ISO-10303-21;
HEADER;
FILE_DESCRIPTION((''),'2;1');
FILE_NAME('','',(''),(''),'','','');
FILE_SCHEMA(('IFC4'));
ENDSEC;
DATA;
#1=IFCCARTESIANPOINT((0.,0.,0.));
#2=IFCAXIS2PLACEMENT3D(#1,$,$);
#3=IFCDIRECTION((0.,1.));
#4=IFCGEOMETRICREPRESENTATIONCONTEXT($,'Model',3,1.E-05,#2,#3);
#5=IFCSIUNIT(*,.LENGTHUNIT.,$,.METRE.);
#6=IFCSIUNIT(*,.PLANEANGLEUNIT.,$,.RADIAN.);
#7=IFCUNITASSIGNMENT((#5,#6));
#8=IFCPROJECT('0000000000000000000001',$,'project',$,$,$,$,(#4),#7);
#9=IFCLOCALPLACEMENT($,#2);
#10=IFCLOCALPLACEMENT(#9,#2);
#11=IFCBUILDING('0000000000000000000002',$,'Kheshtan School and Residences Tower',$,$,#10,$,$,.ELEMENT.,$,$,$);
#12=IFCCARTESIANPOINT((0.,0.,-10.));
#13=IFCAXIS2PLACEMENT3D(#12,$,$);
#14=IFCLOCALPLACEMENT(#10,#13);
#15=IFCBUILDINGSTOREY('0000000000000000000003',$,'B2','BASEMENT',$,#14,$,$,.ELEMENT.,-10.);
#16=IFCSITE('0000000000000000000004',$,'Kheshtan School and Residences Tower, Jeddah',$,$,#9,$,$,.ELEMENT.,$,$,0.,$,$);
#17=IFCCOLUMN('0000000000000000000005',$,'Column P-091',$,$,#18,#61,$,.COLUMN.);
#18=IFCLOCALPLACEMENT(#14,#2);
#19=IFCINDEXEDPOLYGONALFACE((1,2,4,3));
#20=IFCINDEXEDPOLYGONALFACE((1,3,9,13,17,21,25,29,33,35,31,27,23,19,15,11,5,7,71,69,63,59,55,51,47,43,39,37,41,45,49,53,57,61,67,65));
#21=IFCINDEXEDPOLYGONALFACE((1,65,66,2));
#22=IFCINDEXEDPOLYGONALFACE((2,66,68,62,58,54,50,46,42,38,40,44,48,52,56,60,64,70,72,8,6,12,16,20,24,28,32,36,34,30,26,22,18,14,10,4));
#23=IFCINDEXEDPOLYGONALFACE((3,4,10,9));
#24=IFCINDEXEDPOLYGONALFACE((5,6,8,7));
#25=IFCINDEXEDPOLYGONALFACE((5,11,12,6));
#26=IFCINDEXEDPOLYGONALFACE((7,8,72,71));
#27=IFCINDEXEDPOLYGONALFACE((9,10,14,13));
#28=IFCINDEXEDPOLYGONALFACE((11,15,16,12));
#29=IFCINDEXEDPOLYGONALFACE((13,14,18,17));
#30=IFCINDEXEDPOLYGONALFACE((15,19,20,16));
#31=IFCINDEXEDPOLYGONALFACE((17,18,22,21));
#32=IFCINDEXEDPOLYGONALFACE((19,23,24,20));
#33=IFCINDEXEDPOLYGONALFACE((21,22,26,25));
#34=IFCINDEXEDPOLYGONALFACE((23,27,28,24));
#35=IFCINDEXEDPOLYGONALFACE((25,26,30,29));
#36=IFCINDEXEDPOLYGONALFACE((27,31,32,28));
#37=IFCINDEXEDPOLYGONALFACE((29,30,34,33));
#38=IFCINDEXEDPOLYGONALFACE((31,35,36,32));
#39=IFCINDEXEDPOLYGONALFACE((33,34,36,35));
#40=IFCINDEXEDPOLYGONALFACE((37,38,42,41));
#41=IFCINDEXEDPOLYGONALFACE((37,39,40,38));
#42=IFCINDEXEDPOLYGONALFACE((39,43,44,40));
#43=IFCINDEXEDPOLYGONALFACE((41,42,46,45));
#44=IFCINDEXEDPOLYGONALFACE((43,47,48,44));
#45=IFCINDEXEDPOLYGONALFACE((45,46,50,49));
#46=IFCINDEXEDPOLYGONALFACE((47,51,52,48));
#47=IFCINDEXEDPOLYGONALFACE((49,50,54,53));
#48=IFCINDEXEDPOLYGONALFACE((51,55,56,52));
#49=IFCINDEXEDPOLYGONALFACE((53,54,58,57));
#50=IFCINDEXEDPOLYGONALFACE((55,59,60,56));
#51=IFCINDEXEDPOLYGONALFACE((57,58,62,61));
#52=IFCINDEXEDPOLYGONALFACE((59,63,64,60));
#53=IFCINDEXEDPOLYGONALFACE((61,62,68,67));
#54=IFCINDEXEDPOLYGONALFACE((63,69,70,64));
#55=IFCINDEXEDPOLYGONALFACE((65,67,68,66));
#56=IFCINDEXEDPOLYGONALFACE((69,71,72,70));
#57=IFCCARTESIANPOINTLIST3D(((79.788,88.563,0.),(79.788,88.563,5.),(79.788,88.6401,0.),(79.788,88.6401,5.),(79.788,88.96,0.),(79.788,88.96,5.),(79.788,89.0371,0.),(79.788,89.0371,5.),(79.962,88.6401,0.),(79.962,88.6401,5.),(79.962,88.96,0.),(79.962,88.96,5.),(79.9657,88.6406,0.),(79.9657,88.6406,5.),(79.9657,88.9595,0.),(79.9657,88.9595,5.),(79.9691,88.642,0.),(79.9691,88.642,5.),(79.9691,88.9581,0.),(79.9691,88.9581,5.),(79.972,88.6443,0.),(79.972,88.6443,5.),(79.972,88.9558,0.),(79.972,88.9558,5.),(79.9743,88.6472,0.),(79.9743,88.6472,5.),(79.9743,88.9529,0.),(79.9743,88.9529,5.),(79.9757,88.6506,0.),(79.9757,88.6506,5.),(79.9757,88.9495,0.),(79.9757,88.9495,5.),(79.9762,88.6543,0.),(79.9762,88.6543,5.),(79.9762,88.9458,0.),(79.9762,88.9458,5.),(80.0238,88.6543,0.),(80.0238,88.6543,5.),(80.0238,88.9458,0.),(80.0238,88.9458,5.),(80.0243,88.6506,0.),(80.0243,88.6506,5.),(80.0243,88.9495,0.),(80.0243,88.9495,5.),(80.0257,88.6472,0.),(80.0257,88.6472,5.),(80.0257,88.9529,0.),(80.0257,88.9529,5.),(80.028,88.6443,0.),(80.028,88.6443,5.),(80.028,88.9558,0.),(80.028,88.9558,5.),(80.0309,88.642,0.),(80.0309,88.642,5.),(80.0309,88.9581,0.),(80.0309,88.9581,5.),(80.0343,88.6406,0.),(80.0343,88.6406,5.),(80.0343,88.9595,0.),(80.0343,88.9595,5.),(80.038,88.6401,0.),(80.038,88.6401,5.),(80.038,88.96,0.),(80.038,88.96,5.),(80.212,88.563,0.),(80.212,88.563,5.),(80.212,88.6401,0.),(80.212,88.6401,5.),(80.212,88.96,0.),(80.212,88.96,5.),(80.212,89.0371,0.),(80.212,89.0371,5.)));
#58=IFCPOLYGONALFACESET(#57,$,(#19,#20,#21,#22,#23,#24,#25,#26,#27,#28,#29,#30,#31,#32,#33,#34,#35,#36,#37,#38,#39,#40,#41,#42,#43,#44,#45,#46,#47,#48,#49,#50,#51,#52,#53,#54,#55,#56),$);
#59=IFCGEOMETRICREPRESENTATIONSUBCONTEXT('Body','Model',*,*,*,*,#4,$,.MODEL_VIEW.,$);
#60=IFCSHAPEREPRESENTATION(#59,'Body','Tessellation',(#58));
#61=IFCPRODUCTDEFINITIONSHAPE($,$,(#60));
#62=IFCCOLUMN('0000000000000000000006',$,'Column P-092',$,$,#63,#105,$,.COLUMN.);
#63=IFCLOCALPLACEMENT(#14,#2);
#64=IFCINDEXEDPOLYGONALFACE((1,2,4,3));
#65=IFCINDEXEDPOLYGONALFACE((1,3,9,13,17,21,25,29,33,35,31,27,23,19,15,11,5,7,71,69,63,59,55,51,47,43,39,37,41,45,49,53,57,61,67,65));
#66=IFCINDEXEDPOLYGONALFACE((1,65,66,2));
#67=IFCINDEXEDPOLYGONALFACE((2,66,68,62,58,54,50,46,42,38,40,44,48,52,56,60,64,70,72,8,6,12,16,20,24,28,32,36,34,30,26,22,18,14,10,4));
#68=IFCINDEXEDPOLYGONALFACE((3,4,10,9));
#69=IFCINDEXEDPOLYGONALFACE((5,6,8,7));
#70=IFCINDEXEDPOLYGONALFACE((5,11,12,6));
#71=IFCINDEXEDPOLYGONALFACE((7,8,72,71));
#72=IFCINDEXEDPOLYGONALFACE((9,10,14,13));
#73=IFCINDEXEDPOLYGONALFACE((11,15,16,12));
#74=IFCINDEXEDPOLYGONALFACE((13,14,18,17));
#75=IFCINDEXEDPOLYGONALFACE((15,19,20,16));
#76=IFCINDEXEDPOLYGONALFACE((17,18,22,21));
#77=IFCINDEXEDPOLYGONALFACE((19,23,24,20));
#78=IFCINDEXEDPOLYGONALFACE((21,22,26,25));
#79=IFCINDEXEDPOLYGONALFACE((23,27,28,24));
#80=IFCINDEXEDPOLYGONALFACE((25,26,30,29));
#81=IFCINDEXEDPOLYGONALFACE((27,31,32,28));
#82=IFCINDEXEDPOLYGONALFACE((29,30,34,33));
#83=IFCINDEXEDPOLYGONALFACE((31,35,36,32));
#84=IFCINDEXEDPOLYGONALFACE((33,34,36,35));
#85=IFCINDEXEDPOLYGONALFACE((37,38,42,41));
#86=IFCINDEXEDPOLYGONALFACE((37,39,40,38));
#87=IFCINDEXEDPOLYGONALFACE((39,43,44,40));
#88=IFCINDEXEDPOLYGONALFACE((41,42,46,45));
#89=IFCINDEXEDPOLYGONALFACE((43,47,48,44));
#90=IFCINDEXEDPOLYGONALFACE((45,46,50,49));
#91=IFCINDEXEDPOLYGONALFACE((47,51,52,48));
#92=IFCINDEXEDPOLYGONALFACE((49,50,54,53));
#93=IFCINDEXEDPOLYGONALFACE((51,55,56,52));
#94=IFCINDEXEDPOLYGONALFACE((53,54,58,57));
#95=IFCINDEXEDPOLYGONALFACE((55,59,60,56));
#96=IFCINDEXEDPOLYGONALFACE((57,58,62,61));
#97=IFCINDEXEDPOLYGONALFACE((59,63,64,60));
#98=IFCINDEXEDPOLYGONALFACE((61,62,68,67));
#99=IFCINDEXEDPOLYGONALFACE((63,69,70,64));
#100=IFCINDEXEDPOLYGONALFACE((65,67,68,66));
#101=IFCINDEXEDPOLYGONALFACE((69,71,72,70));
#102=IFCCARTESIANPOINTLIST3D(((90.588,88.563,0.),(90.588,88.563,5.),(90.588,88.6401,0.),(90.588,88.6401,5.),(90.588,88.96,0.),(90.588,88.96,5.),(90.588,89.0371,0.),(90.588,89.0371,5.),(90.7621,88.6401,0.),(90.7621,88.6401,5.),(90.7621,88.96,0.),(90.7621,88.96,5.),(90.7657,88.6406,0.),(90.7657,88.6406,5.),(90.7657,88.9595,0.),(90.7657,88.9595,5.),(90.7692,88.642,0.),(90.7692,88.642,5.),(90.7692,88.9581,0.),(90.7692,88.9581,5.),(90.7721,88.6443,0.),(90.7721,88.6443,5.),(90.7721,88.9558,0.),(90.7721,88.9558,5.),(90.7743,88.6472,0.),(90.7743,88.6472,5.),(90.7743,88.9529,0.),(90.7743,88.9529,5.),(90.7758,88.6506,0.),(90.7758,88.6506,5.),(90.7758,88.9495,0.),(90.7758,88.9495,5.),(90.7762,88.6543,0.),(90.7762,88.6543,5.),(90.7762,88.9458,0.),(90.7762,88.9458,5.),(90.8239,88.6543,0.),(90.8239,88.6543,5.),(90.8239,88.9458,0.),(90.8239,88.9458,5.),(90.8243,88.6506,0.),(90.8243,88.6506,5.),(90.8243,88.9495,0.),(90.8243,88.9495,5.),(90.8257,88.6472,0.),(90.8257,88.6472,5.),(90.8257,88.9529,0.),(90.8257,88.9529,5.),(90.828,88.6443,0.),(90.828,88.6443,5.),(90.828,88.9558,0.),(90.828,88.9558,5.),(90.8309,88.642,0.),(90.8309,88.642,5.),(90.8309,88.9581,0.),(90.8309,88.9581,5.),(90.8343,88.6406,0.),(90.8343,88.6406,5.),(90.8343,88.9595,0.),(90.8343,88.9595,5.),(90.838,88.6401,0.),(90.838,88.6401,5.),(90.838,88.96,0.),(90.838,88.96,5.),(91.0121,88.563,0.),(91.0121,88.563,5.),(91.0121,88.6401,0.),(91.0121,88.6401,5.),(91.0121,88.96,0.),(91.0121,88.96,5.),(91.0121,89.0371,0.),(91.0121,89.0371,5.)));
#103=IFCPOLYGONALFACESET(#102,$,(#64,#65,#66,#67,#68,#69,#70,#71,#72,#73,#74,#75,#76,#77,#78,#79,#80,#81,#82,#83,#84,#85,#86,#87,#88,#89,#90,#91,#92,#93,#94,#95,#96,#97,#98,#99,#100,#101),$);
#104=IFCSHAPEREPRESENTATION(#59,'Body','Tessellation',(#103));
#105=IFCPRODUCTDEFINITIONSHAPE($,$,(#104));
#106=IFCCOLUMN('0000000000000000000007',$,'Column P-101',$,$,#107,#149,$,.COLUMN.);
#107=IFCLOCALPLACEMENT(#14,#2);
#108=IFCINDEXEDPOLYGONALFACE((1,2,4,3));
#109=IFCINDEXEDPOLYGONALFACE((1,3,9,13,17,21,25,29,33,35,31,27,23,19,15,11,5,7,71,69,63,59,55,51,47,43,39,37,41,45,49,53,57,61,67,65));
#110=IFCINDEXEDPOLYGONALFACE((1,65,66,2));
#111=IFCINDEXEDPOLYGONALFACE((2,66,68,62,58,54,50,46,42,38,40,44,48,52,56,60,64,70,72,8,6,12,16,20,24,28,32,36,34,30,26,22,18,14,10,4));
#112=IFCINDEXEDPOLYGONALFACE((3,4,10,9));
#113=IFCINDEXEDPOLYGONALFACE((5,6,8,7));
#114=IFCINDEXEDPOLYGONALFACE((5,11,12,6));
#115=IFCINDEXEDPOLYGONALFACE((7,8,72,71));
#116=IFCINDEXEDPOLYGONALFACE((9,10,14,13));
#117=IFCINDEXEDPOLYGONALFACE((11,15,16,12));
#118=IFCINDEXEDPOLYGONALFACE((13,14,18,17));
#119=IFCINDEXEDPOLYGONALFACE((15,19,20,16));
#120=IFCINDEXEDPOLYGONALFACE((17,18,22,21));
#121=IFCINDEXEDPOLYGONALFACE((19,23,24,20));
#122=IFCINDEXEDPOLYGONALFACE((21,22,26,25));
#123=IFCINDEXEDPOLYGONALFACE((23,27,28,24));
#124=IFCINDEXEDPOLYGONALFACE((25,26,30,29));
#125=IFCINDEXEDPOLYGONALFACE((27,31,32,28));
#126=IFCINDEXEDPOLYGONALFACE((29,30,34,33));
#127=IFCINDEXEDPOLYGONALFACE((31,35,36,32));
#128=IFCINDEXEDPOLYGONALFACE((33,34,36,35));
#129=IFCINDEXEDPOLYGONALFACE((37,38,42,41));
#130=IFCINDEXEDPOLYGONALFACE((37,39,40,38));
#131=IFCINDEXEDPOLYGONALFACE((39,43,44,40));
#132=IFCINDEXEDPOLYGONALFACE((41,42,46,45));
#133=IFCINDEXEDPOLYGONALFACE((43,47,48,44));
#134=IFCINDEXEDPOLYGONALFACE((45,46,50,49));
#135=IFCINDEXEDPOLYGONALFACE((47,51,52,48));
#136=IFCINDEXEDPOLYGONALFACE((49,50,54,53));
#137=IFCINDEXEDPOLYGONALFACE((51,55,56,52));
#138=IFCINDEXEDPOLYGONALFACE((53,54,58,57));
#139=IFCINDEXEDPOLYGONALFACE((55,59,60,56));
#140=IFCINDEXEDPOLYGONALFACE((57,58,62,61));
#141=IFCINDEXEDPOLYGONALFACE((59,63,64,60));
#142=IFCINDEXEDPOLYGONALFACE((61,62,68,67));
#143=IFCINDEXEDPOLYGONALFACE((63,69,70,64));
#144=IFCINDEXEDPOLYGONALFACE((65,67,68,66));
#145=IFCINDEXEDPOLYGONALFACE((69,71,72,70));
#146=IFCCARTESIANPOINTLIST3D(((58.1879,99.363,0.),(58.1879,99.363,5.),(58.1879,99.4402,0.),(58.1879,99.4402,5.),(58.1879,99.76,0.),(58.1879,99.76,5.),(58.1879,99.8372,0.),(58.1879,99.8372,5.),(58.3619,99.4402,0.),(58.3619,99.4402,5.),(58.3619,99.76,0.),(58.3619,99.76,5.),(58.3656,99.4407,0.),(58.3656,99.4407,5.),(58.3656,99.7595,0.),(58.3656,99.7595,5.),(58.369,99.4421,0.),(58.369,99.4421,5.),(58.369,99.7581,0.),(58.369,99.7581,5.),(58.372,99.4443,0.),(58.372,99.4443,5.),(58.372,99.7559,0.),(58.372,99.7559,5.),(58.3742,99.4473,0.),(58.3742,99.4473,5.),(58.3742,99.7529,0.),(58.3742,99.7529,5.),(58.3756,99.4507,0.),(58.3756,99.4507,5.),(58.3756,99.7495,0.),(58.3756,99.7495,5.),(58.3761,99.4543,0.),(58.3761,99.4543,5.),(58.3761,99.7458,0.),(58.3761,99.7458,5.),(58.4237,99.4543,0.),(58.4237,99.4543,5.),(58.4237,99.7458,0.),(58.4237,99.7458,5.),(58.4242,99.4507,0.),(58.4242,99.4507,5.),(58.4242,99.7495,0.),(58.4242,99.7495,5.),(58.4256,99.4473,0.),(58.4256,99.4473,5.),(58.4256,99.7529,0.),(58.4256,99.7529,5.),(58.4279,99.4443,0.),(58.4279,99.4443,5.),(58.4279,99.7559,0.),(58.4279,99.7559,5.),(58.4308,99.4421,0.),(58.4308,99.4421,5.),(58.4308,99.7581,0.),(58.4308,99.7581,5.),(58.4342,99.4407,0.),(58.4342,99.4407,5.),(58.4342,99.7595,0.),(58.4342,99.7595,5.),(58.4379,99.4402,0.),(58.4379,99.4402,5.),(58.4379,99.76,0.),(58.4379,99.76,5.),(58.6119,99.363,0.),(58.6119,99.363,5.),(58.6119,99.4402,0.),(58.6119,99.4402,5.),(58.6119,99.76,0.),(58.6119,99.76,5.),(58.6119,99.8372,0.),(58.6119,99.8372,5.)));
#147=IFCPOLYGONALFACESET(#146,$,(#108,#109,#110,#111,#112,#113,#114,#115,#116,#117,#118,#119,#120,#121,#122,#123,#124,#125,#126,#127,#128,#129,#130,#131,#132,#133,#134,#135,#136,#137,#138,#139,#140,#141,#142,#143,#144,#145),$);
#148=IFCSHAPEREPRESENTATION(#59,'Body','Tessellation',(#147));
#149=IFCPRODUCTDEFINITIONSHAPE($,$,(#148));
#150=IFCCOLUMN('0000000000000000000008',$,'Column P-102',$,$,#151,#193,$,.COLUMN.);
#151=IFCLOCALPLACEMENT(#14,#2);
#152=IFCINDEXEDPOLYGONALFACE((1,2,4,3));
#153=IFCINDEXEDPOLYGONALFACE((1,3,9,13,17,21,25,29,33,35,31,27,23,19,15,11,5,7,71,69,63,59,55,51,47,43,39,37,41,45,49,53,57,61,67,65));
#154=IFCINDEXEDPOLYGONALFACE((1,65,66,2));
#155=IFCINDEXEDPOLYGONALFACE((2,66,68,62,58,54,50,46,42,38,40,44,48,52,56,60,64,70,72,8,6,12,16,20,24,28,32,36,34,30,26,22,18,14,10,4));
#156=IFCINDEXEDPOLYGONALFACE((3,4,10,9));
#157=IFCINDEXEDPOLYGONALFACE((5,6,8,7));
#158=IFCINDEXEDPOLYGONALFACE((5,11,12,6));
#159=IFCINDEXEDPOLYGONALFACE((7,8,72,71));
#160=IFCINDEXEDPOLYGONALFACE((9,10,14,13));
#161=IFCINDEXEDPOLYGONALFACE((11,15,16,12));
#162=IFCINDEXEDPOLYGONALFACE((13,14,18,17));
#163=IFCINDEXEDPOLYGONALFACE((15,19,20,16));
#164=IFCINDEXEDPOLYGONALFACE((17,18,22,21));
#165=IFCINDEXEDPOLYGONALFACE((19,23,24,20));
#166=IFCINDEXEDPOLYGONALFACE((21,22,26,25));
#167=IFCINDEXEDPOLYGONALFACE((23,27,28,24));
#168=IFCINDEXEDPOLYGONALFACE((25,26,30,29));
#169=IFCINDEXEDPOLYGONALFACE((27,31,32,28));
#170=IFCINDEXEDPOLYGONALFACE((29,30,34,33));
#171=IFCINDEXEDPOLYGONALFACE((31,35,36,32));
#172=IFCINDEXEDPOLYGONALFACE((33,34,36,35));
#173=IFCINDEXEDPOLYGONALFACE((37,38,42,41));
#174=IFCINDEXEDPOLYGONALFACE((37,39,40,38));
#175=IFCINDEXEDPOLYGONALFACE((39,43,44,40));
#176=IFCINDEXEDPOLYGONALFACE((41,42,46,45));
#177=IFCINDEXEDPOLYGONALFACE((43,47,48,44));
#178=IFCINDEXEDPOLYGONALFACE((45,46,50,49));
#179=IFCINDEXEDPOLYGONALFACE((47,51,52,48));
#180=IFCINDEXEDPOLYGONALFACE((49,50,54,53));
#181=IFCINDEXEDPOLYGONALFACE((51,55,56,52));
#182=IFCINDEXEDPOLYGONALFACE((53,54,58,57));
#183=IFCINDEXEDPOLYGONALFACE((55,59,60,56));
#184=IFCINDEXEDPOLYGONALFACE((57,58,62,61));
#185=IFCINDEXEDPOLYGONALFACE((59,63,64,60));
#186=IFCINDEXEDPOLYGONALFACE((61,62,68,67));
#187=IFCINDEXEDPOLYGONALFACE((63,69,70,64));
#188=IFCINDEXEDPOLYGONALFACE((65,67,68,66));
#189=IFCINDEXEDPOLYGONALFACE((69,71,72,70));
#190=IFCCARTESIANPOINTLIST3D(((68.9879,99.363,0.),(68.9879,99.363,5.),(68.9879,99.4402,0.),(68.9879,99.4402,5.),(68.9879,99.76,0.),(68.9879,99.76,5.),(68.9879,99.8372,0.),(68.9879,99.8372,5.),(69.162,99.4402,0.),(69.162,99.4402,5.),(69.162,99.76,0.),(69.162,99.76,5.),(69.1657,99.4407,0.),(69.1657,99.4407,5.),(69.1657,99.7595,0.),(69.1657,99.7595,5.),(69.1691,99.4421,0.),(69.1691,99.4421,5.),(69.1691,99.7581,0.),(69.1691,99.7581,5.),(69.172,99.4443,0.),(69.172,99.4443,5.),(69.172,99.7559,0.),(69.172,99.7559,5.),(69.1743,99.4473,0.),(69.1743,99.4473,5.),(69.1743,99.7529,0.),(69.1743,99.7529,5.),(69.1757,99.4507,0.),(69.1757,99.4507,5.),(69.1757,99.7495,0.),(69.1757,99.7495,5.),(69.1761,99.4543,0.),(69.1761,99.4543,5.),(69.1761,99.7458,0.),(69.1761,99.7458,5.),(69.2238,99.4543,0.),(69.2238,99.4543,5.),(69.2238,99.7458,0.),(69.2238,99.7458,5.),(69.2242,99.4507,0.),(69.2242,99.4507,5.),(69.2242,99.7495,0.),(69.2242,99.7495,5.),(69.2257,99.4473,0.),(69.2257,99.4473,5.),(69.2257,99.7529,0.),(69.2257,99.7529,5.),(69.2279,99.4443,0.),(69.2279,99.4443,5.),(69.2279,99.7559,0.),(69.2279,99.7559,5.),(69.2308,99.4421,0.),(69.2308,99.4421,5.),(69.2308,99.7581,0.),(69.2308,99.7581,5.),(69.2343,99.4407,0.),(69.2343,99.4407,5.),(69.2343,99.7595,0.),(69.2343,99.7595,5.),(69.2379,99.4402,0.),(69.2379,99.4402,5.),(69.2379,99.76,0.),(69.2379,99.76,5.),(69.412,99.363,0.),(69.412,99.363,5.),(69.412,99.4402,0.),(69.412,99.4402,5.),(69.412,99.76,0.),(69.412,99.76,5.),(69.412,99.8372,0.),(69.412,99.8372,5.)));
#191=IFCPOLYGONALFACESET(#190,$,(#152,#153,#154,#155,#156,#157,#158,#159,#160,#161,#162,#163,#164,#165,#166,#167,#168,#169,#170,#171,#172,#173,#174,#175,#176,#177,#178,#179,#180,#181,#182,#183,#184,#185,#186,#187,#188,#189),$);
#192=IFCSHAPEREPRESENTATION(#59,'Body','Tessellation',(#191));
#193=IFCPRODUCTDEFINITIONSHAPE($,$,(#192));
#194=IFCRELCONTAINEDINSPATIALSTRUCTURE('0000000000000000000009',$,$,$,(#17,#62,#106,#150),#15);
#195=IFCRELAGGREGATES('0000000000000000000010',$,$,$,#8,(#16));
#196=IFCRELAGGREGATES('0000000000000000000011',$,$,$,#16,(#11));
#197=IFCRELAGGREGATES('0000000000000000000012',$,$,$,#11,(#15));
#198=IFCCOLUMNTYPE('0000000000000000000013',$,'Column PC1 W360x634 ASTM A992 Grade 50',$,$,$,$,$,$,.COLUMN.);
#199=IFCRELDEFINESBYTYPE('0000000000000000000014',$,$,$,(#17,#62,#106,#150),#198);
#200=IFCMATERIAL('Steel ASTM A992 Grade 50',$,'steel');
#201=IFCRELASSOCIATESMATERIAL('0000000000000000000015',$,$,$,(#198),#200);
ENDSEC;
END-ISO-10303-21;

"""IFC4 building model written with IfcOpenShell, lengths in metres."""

from ifc_helpers import new_model, si_unit, direction, frame, origin, origin_2d, place, context, subcontext, project, spatial, i_section, extrude, material, material_profile, profile_set, type_object, element, save


model = new_model("IFC4")

# Units and contexts
model_context = context("Model", 3, precision=1e-05, world=origin(), true_north=direction((0.0, 1.0)))
body_context = subcontext(model_context, "Body", "Model", "MODEL_VIEW")
ifc_project = project(units=[si_unit("LENGTHUNIT", "METRE"), si_unit("PLANEANGLEUNIT", "RADIAN")], contexts=[model_context])

# Site, building, storey
site_placement = place(None, origin())
site = spatial("IfcSite", under=ifc_project, at=site_placement, Name="Kheshtan School and Residences Tower, Jeddah", CompositionType="ELEMENT", RefElevation=0.0)
building_placement = place(site_placement, origin())
building = spatial("IfcBuilding", under=site, at=building_placement, Name="Kheshtan School and Residences Tower", CompositionType="ELEMENT")
storey_placement = place(building_placement, frame((0.0, 0.0, -10.0)))
storey = spatial("IfcBuildingStorey", under=building, at=storey_placement, Name="B2", Description="BASEMENT", CompositionType="ELEMENT", Elevation=-10.0)

# Columns
ifc_material_1 = material(Name="Steel ASTM A992 Grade 50", Category="steel")
ifc_material_profile = material_profile(ifc_material_1, i_section(OverallWidth=0.4241, OverallDepth=0.4741, WebThickness=0.0476, FlangeThickness=0.0771, FilletRadius=0.0142, at=origin_2d()), Name="W360x634")
ifc_profile_set = profile_set([ifc_material_profile], Name="Steel ASTM A992 Grade 50")
column_type = type_object("IfcColumnType", Name="Column PC1 W360x634 ASTM A992 Grade 50", PredefinedType="COLUMN", material=ifc_profile_set)
for number, where, z_axis, x_axis, name in (
    (1, (80.0, 88.8, 0.0), (0.0, 0.0, 1.0), (1.0, 0.0, 0.0), "Column P-091"),
    (2, (90.8, 88.8, 0.0), (0.0, 0.0, 1.0), (1.0, 0.0, 0.0), "Column P-092"),
    (3, (58.3999, 99.6001, 0.0), (0.0, 0.0, 1.0), (1.0, 0.0, 0.0), "Column P-101"),
    (4, (69.2, 99.6001, 0.0), (0.0, 0.0, 1.0), (1.0, 0.0, 0.0), "Column P-102"),
):
    element("IfcColumn", number, at=place(storey_placement, frame(where, z_axis=z_axis, x_axis=x_axis)), inside=storey, type_object=column_type, Name=name, PredefinedType="COLUMN", context=body_context, shape_type="SweptSolid", body=[
        extrude(i_section(OverallWidth=0.4241, OverallDepth=0.4741, WebThickness=0.0476, FlangeThickness=0.0771, FilletRadius=0.0142, at=origin_2d()), origin(), (0.0, 0.0, 1.0), 5.0),
    ])

save(model, "model.ifc")
